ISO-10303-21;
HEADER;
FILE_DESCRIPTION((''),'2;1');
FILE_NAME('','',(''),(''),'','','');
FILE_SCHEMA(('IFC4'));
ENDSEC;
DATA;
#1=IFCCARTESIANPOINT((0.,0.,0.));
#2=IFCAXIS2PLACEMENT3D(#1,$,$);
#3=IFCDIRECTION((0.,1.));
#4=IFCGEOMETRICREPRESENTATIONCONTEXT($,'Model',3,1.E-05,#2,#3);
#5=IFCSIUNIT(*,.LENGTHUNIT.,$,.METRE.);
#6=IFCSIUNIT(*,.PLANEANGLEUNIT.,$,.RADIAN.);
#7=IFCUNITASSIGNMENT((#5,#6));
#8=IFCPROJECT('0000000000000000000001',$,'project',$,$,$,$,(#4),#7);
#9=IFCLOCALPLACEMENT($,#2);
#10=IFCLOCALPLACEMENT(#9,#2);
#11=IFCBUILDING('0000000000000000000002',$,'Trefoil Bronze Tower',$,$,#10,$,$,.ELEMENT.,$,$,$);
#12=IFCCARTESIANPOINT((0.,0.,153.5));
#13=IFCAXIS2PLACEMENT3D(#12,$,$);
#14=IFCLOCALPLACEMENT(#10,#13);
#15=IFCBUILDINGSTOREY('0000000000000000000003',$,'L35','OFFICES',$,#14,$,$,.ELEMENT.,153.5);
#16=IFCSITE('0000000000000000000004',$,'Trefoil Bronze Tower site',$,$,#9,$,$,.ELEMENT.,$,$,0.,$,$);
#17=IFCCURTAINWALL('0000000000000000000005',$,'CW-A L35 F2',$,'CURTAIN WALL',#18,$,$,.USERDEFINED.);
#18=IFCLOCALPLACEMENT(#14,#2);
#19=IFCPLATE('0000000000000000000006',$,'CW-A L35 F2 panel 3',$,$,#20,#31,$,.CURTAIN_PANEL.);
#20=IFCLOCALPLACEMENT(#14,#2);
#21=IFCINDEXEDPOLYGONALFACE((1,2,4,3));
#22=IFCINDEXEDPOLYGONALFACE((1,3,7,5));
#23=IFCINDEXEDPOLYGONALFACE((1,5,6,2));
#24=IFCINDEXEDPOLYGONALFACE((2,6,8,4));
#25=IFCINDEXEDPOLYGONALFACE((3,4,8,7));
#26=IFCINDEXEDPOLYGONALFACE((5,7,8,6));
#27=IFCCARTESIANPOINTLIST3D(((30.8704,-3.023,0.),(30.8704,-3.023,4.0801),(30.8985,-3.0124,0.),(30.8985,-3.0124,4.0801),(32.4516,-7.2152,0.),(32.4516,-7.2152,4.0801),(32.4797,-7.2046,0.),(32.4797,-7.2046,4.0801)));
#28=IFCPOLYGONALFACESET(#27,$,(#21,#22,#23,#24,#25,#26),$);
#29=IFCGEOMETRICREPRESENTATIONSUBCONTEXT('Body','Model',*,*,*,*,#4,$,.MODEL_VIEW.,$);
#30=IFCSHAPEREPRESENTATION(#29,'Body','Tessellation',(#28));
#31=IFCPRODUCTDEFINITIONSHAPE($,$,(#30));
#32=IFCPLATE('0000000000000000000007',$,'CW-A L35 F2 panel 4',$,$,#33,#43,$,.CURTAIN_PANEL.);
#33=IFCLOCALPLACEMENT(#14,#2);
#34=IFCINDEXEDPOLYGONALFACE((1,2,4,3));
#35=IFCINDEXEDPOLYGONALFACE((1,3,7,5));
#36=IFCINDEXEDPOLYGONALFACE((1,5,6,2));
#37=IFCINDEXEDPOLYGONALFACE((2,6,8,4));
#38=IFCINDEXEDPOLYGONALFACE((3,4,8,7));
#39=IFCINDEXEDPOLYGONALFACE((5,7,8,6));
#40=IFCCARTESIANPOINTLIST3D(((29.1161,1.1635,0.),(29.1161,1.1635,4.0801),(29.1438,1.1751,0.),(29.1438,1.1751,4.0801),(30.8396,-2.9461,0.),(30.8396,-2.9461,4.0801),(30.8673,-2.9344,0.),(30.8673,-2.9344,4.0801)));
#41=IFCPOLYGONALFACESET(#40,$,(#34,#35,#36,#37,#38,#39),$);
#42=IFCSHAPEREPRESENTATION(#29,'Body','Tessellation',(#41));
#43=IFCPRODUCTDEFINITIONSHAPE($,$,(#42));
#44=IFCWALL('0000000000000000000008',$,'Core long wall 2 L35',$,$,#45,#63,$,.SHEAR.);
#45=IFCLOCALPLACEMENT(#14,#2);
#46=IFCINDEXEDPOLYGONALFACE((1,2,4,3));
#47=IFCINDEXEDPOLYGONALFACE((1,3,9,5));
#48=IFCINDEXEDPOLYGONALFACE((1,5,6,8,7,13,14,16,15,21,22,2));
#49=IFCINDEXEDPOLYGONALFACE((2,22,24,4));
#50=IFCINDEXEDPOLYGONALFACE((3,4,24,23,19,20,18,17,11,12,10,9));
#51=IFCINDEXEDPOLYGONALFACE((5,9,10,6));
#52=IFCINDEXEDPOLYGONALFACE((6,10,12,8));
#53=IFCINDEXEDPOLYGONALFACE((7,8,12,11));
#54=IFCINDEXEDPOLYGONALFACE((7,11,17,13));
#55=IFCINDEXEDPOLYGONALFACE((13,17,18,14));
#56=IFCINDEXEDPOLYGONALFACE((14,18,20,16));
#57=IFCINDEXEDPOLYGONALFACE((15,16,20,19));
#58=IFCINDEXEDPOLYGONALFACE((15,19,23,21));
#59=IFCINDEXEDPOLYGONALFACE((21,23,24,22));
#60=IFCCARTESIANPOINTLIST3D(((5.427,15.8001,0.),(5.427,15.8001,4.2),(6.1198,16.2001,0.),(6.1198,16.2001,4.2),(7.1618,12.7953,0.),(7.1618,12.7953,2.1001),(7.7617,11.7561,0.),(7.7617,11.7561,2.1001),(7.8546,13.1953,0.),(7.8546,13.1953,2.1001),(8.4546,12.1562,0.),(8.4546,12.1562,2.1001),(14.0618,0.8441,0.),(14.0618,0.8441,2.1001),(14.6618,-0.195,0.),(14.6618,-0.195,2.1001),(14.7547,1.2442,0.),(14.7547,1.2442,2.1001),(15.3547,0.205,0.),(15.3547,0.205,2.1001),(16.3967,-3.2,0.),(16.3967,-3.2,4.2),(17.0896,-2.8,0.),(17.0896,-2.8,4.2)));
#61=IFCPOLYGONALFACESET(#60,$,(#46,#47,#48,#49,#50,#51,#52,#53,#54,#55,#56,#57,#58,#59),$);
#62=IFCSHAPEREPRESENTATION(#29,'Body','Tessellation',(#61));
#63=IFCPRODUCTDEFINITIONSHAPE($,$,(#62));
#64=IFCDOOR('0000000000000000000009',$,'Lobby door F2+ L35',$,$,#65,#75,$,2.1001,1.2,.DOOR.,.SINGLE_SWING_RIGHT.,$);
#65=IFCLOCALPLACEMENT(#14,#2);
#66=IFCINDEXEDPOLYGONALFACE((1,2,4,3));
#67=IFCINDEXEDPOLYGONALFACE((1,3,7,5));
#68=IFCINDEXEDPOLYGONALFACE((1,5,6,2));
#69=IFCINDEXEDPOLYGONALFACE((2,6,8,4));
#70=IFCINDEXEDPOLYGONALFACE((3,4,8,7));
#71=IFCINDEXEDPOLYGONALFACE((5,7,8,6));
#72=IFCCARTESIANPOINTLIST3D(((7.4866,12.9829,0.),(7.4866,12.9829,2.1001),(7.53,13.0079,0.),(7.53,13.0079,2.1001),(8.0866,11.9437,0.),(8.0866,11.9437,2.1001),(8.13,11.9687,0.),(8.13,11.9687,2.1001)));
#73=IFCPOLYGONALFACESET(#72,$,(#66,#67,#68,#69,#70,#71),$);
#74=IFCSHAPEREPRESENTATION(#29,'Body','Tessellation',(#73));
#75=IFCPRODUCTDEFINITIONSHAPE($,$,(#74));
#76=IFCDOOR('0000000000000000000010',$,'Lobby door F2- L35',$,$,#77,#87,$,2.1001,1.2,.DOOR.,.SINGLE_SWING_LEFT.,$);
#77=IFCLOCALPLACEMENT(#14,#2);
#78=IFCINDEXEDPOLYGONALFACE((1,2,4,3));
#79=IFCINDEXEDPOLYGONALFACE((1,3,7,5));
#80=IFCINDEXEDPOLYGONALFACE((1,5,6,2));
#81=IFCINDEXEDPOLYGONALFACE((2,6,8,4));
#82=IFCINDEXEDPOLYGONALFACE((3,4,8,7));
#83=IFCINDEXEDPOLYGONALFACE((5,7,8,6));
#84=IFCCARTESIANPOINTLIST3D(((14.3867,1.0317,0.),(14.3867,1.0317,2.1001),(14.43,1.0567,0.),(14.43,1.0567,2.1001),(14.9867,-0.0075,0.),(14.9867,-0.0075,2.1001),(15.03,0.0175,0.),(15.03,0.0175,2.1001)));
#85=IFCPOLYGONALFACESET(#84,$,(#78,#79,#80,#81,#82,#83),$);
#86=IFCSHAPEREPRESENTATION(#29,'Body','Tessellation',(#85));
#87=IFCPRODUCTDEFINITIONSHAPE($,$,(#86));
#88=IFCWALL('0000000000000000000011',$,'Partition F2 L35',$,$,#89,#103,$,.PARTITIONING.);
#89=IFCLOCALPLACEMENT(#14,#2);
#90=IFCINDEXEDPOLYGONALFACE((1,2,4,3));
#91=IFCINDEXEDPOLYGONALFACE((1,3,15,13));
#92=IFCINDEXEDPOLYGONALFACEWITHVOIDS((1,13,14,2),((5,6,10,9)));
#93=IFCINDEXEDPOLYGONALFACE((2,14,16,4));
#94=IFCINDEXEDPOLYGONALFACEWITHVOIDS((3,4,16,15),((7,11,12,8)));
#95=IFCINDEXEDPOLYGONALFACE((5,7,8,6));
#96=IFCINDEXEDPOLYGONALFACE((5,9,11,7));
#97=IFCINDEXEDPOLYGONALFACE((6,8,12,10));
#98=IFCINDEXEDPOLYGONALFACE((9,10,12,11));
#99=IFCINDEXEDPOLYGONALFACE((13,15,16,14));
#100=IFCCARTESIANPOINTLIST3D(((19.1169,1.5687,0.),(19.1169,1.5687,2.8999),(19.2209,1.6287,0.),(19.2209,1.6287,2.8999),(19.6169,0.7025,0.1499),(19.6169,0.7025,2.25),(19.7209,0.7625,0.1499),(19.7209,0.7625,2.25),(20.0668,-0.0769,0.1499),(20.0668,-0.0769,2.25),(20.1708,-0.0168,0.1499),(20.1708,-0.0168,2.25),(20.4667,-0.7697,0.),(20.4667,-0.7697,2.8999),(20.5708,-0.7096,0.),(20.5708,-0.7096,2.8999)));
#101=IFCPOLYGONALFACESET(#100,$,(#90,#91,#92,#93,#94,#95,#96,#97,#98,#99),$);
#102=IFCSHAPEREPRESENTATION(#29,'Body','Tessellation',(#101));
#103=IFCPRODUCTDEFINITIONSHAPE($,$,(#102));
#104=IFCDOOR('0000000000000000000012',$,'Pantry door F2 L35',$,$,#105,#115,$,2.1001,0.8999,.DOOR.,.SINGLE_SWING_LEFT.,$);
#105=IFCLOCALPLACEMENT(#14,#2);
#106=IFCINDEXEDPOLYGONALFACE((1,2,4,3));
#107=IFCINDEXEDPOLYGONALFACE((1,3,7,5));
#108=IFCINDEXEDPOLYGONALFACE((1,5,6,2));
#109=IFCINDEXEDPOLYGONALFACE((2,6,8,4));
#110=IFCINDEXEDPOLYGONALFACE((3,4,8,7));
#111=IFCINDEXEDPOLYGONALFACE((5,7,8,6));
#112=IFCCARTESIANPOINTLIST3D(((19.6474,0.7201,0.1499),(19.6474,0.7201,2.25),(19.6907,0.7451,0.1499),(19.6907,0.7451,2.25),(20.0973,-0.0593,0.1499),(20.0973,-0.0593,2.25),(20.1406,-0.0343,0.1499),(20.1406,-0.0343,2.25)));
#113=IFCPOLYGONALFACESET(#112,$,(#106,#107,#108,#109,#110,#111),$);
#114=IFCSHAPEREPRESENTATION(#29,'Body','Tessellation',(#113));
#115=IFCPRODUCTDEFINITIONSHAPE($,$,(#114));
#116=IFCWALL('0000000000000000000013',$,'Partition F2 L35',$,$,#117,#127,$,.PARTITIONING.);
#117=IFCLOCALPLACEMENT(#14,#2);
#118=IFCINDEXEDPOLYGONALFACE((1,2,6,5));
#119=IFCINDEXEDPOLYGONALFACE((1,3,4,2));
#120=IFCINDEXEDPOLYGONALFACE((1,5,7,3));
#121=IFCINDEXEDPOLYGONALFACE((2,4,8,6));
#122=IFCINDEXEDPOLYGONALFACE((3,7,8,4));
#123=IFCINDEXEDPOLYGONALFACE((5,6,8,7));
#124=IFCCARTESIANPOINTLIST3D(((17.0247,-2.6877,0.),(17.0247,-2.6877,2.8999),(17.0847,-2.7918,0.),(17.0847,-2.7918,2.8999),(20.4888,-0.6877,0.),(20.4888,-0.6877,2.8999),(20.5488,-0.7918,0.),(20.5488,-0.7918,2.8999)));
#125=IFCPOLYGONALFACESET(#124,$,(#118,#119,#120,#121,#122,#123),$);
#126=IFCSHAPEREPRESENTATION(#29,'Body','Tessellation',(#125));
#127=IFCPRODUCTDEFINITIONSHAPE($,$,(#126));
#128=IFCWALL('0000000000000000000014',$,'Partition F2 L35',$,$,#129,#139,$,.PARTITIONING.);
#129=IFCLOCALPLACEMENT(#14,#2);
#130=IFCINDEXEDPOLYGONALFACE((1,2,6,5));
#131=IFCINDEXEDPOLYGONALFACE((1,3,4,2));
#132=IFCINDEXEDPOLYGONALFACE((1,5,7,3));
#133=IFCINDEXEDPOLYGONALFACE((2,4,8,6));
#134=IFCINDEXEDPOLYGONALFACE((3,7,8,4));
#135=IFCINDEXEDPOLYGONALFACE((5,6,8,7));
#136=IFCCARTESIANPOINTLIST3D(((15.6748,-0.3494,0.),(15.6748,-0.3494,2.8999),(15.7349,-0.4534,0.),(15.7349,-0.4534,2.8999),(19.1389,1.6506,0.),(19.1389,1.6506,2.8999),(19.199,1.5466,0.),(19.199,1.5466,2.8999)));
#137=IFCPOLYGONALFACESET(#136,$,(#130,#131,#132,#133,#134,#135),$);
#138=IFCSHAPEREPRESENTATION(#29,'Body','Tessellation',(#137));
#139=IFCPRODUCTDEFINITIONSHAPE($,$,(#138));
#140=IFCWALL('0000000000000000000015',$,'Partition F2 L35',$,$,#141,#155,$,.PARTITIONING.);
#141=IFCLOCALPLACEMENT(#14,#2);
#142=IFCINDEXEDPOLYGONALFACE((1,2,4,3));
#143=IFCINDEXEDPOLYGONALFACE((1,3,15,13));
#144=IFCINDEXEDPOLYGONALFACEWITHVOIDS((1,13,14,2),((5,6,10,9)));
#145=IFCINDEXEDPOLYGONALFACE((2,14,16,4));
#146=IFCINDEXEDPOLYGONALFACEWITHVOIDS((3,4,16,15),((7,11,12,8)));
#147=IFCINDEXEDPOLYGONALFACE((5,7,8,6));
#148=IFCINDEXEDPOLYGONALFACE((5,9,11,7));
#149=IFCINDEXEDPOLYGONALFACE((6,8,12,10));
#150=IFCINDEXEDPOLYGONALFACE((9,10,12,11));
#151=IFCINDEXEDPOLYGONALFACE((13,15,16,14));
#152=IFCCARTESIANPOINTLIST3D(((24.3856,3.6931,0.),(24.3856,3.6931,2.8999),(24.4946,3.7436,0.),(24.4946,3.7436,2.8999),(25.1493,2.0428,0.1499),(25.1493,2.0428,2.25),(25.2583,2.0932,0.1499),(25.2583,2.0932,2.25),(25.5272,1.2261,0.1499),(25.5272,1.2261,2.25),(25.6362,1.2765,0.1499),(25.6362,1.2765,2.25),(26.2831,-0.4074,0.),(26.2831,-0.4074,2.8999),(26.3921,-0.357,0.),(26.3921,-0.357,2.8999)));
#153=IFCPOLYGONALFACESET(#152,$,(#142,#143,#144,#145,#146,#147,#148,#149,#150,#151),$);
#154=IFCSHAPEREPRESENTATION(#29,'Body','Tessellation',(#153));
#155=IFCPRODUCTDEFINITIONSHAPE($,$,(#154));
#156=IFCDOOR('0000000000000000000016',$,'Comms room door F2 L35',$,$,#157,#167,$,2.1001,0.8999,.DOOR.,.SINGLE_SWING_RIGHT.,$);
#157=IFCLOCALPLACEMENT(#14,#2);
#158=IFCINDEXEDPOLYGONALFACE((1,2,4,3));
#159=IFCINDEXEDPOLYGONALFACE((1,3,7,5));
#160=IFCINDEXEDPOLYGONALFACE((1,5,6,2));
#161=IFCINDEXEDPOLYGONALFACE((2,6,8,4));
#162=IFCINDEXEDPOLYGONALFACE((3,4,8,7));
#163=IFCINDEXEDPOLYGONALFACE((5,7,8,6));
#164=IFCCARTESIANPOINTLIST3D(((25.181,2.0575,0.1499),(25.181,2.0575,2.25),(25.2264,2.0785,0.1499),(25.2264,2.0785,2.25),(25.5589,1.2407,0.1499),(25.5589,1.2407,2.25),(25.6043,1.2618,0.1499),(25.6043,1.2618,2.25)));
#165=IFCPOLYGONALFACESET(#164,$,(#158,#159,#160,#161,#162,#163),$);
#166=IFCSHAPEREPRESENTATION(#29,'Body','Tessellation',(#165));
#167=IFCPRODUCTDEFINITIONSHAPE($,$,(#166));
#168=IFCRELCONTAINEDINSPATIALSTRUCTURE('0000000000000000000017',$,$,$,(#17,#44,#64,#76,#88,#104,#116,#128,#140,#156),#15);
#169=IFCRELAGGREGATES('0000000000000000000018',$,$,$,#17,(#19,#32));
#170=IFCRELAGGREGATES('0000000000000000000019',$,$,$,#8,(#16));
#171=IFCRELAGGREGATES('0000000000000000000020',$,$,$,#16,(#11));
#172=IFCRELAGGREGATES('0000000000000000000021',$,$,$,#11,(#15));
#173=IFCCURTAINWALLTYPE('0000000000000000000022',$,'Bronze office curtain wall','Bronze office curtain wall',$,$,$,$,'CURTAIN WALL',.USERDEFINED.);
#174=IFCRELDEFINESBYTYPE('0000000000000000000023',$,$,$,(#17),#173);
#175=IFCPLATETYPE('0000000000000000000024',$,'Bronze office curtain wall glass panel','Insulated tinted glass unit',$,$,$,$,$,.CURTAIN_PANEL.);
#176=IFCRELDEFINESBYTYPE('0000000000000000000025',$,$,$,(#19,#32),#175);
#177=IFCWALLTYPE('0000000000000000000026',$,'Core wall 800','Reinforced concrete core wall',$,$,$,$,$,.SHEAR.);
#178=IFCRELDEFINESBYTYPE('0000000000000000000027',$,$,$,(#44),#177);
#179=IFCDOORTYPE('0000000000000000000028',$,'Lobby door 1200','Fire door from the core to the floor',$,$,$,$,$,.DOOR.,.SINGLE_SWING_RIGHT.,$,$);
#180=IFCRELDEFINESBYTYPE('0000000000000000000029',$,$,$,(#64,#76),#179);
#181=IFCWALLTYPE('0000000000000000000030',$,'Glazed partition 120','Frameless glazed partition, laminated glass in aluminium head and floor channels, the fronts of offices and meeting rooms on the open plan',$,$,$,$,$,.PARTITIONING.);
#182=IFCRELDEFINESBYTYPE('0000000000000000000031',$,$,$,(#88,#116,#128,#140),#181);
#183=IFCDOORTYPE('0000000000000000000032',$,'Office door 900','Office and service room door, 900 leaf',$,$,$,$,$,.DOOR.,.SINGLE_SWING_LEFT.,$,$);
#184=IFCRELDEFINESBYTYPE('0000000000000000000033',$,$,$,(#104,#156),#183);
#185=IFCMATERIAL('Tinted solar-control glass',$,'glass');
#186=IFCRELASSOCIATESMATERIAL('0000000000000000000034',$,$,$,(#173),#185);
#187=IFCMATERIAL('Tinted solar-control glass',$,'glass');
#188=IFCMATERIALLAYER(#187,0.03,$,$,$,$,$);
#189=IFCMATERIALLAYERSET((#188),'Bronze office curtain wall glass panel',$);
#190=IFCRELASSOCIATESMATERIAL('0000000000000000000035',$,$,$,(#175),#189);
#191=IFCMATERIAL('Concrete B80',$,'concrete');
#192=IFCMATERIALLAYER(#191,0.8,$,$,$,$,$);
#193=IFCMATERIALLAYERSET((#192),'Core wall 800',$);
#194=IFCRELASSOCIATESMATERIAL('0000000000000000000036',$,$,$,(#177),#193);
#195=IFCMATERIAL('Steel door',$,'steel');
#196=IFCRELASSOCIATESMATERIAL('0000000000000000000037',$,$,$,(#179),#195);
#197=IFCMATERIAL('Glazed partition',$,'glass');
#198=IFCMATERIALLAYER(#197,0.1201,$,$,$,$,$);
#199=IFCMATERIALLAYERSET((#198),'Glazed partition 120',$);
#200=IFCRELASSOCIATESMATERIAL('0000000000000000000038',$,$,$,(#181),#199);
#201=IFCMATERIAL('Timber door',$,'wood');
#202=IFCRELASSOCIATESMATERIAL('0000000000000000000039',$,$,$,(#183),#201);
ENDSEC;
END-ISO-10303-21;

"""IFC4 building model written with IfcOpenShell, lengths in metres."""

from ifc_helpers import new_model, si_unit, direction, frame, frame_2d, origin, origin_2d, place, context, subcontext, project, spatial, rectangle, extrude, material, layer, layer_set, type_object, element, fill, aggregate, save


model = new_model("IFC4")

# Units and contexts
model_context = context("Model", 3, precision=1e-05, world=origin(), true_north=direction((0.0, 1.0)))
body_context = subcontext(model_context, "Body", "Model", "MODEL_VIEW")
ifc_project = project(units=[si_unit("LENGTHUNIT", "METRE"), si_unit("PLANEANGLEUNIT", "RADIAN")], contexts=[model_context])

# Site, building, storey
site_placement = place(None, origin())
site = spatial("IfcSite", under=ifc_project, at=site_placement, Name="Trefoil Bronze Tower site", CompositionType="ELEMENT", RefElevation=0.0)
building_placement = place(site_placement, origin())
building = spatial("IfcBuilding", under=site, at=building_placement, Name="Trefoil Bronze Tower", CompositionType="ELEMENT")
storey_placement = place(building_placement, frame((0.0, 0.0, 153.5)))
storey = spatial("IfcBuildingStorey", under=building, at=storey_placement, Name="L35", Description="OFFICES", CompositionType="ELEMENT", Elevation=153.5)

# Curtain wall
ifc_material_1 = material(Name="Tinted solar-control glass", Category="glass")
curtain_wall_type = type_object("IfcCurtainWallType", Name="Bronze office curtain wall", Description="Bronze office curtain wall", ElementType="CURTAIN WALL", PredefinedType="USERDEFINED", material=ifc_material_1)
curtain_wall_placement = place(storey_placement, origin())
curtain_wall = element("IfcCurtainWall", 1, at=curtain_wall_placement, inside=storey, type_object=curtain_wall_type, Name="CW-A L35 F2", ObjectType="CURTAIN WALL", PredefinedType="USERDEFINED")

# Plates
ifc_material_2 = material(Name="Tinted solar-control glass", Category="glass")
ifc_layer_1 = layer(ifc_material_2, 0.03)
ifc_layer_set_1 = layer_set([ifc_layer_1], Name="Bronze office curtain wall glass panel")
plate_type = type_object("IfcPlateType", Name="Bronze office curtain wall glass panel", Description="Insulated tinted glass unit", PredefinedType="CURTAIN_PANEL", material=ifc_layer_set_1)
plate_1_placement = place(storey_placement, frame((31.675, -5.1138, 0.0), z_axis=(0.0, 0.0, 1.0), x_axis=(-0.35292, 0.935654, 0.0)))
plate_1 = element("IfcPlate", 2, at=plate_1_placement, type_object=plate_type, Name="CW-A L35 F2 panel 3", PredefinedType="CURTAIN_PANEL", context=body_context, shape_type="SweptSolid", body=[
    extrude(rectangle(XDim=4.4805, YDim=0.03, at=origin_2d()), origin(), (0.0, 0.0, 1.0), 4.0801),
])
plate_2_placement = place(storey_placement, frame((29.9917, -0.8855, 0.0), z_axis=(0.0, 0.0, 1.0), x_axis=(-0.386759, 0.922181, 0.0)))
plate_2 = element("IfcPlate", 3, at=plate_2_placement, type_object=plate_type, Name="CW-A L35 F2 panel 4", PredefinedType="CURTAIN_PANEL", context=body_context, shape_type="SweptSolid", body=[
    extrude(rectangle(XDim=4.4563, YDim=0.03, at=origin_2d()), origin(), (0.0, 0.0, 1.0), 4.0801),
])
aggregate(curtain_wall, [plate_1, plate_2])

# Wall, openings, doors
ifc_material_3 = material(Name="Concrete B80", Category="concrete")
ifc_layer_2 = layer(ifc_material_3, 0.8)
ifc_layer_set_2 = layer_set([ifc_layer_2], Name="Core wall 800")
wall_type_1 = type_object("IfcWallType", Name="Core wall 800", Description="Reinforced concrete core wall", PredefinedType="SHEAR", material=ifc_layer_set_2)
wall_1_placement = place(storey_placement, frame((16.7432, -3.0, 0.0), z_axis=(0.0, 0.0, 1.0), x_axis=(-0.500002, 0.866024, 0.0)))
wall_1 = element("IfcWall", 4, at=wall_1_placement, inside=storey, type_object=wall_type_1, Name="Core long wall 2 L35", PredefinedType="SHEAR", context=body_context, shape_type="SweptSolid", body=[
    extrude(rectangle(XDim=21.9395, YDim=0.8, at=frame_2d((10.9697, 0.0))), origin(), (0.0, 0.0, 1.0), 4.2),
])
opening_1_placement = place(wall_1_placement, frame((17.2698, 0.0, 0.0)))
opening_1 = element("IfcOpeningElement", 5, at=opening_1_placement, cuts=wall_1, PredefinedType="OPENING", context=body_context, shape_type="SweptSolid", body=[
    extrude(rectangle(XDim=1.2, YDim=2.1001, at=frame_2d((0.6001, 1.05))), frame((0.0, 0.4099, 0.0), z_axis=(0.0, -1.0, 0.0), x_axis=(1.0, 0.0, 0.0)), (0.0, 0.0, 1.0), 0.8201),
])
opening_2_placement = place(wall_1_placement, frame((3.4697, 0.0, 0.0)))
opening_2 = element("IfcOpeningElement", 6, at=opening_2_placement, cuts=wall_1, PredefinedType="OPENING", context=body_context, shape_type="SweptSolid", body=[
    extrude(rectangle(XDim=1.2, YDim=2.1001, at=frame_2d((0.6001, 1.05))), frame((0.0, 0.4099, 0.0), z_axis=(0.0, -1.0, 0.0), x_axis=(1.0, 0.0, 0.0)), (0.0, 0.0, 1.0), 0.8201),
])
ifc_material_4 = material(Name="Steel door", Category="steel")
door_type_1 = type_object("IfcDoorType", Name="Lobby door 1200", Description="Fire door from the core to the floor", OperationType="SINGLE_SWING_RIGHT", PredefinedType="DOOR", material=ifc_material_4)
door_1_placement = place(opening_1_placement, origin())
door_1 = element("IfcDoor", 7, at=door_1_placement, inside=storey, type_object=door_type_1, Name="Lobby door F2+ L35", OperationType="SINGLE_SWING_RIGHT", OverallHeight=2.1001, OverallWidth=1.2, PredefinedType="DOOR", context=body_context, shape_type="SweptSolid", body=[
    extrude(rectangle(XDim=1.2, YDim=2.1001, at=frame_2d((0.6001, 1.05))), frame((0.0, 0.0249, 0.0), z_axis=(0.0, -1.0, 0.0), x_axis=(1.0, 0.0, 0.0)), (0.0, 0.0, 1.0), 0.05),
])
fill(opening_1, door_1)
door_2_placement = place(opening_2_placement, origin())
door_2 = element("IfcDoor", 8, at=door_2_placement, inside=storey, type_object=door_type_1, Name="Lobby door F2- L35", OperationType="SINGLE_SWING_LEFT", OverallHeight=2.1001, OverallWidth=1.2, PredefinedType="DOOR", context=body_context, shape_type="SweptSolid", body=[
    extrude(rectangle(XDim=1.2, YDim=2.1001, at=frame_2d((0.6001, 1.05))), frame((0.0, 0.0249, 0.0), z_axis=(0.0, -1.0, 0.0), x_axis=(1.0, 0.0, 0.0)), (0.0, 0.0, 1.0), 0.05),
])
fill(opening_2, door_2)

# Wall, opening, door
ifc_material_5 = material(Name="Glazed partition", Category="glass")
ifc_layer_3 = layer(ifc_material_5, 0.1201)
ifc_layer_set_3 = layer_set([ifc_layer_3], Name="Glazed partition 120")
wall_type_2 = type_object("IfcWallType", Name="Glazed partition 120", Description="Frameless glazed partition, laminated glass in aluminium head and floor channels, the fronts of offices and meeting rooms on the open plan", PredefinedType="PARTITIONING", material=ifc_layer_set_3)
wall_2_placement = place(storey_placement, frame((20.5188, -0.7397, 0.0), z_axis=(0.0, 0.0, 1.0), x_axis=(-0.499942, 0.866059, 0.0)))
wall_2 = element("IfcWall", 9, at=wall_2_placement, inside=storey, type_object=wall_type_2, Name="Partition F2 L35", PredefinedType="PARTITIONING", context=body_context, shape_type="SweptSolid", body=[
    extrude(rectangle(XDim=2.7, YDim=0.1201, at=frame_2d((1.3501, 0.0))), origin(), (0.0, 0.0, 1.0), 2.8999),
])
opening_3_placement = place(wall_2_placement, frame((0.8, 0.0, 0.1499)))
opening_3 = element("IfcOpeningElement", 10, at=opening_3_placement, cuts=wall_2, PredefinedType="OPENING", context=body_context, shape_type="SweptSolid", body=[
    extrude(rectangle(XDim=0.8999, YDim=2.1001, at=frame_2d((0.45, 1.05))), frame((0.0, 0.0701, 0.0), z_axis=(0.0, -1.0, 0.0), x_axis=(1.0, 0.0, 0.0)), (0.0, 0.0, 1.0), 0.1401),
])
ifc_material_6 = material(Name="Timber door", Category="wood")
door_type_2 = type_object("IfcDoorType", Name="Office door 900", Description="Office and service room door, 900 leaf", OperationType="SINGLE_SWING_LEFT", PredefinedType="DOOR", material=ifc_material_6)
door_3_placement = place(opening_3_placement, origin())
door_3 = element("IfcDoor", 11, at=door_3_placement, inside=storey, type_object=door_type_2, Name="Pantry door F2 L35", OperationType="SINGLE_SWING_LEFT", OverallHeight=2.1001, OverallWidth=0.8999, PredefinedType="DOOR", context=body_context, shape_type="SweptSolid", body=[
    extrude(rectangle(XDim=0.8999, YDim=2.1001, at=frame_2d((0.45, 1.05))), frame((0.0, 0.0249, 0.0), z_axis=(0.0, -1.0, 0.0), x_axis=(1.0, 0.0, 0.0)), (0.0, 0.0, 1.0), 0.05),
])
fill(opening_3, door_3)

# Walls
for number, where, z_axis, x_axis, name in (
    (12, (17.0547, -2.7397, 0.0), (0.0, 0.0, 1.0), (0.866026, 0.499999, 0.0), "Partition F2 L35"),
    (13, (15.7048, -0.4014, 0.0), (0.0, 0.0, 1.0), (0.866026, 0.499999, 0.0), "Partition F2 L35"),
):
    element("IfcWall", number, at=place(storey_placement, frame(where, z_axis=z_axis, x_axis=x_axis)), inside=storey, type_object=wall_type_2, Name=name, PredefinedType="PARTITIONING", context=body_context, shape_type="SweptSolid", body=[
        extrude(rectangle(XDim=4.0, YDim=0.1201, at=frame_2d((2.0, 0.0))), origin(), (0.0, 0.0, 1.0), 2.8999),
    ])

# Wall, opening, door
wall_3_placement = place(storey_placement, frame((26.3376, -0.3823, 0.0), z_axis=(0.0, 0.0, 1.0), x_axis=(-0.419949, 0.907548, 0.0)))
wall_3 = element("IfcWall", 14, at=wall_3_placement, inside=storey, type_object=wall_type_2, Name="Partition F2 L35", PredefinedType="PARTITIONING", context=body_context, shape_type="SweptSolid", body=[
    extrude(rectangle(XDim=4.5183, YDim=0.1201, at=frame_2d((2.2593, 0.0))), origin(), (0.0, 0.0, 1.0), 2.8999),
])
opening_4_placement = place(wall_3_placement, frame((1.8, 0.0, 0.1499)))
opening_4 = element("IfcOpeningElement", 15, at=opening_4_placement, cuts=wall_3, PredefinedType="OPENING", context=body_context, shape_type="SweptSolid", body=[
    extrude(rectangle(XDim=0.8999, YDim=2.1001, at=frame_2d((0.45, 1.05))), frame((0.0, 0.0701, 0.0), z_axis=(0.0, -1.0, 0.0), x_axis=(1.0, 0.0, 0.0)), (0.0, 0.0, 1.0), 0.1401),
])
door_4_placement = place(opening_4_placement, frame((0.8999, 0.0, 0.0), z_axis=(0.0, 0.0, 1.0), x_axis=(-1.0, 0.0, 0.0)))
door_4 = element("IfcDoor", 16, at=door_4_placement, inside=storey, type_object=door_type_2, Name="Comms room door F2 L35", OperationType="SINGLE_SWING_RIGHT", OverallHeight=2.1001, OverallWidth=0.8999, PredefinedType="DOOR", context=body_context, shape_type="SweptSolid", body=[
    extrude(rectangle(XDim=0.8999, YDim=2.1001, at=frame_2d((0.45, 1.05))), frame((0.0, 0.0249, 0.0), z_axis=(0.0, -1.0, 0.0), x_axis=(1.0, 0.0, 0.0)), (0.0, 0.0, 1.0), 0.05),
])
fill(opening_4, door_4)

save(model, "model.ifc")
